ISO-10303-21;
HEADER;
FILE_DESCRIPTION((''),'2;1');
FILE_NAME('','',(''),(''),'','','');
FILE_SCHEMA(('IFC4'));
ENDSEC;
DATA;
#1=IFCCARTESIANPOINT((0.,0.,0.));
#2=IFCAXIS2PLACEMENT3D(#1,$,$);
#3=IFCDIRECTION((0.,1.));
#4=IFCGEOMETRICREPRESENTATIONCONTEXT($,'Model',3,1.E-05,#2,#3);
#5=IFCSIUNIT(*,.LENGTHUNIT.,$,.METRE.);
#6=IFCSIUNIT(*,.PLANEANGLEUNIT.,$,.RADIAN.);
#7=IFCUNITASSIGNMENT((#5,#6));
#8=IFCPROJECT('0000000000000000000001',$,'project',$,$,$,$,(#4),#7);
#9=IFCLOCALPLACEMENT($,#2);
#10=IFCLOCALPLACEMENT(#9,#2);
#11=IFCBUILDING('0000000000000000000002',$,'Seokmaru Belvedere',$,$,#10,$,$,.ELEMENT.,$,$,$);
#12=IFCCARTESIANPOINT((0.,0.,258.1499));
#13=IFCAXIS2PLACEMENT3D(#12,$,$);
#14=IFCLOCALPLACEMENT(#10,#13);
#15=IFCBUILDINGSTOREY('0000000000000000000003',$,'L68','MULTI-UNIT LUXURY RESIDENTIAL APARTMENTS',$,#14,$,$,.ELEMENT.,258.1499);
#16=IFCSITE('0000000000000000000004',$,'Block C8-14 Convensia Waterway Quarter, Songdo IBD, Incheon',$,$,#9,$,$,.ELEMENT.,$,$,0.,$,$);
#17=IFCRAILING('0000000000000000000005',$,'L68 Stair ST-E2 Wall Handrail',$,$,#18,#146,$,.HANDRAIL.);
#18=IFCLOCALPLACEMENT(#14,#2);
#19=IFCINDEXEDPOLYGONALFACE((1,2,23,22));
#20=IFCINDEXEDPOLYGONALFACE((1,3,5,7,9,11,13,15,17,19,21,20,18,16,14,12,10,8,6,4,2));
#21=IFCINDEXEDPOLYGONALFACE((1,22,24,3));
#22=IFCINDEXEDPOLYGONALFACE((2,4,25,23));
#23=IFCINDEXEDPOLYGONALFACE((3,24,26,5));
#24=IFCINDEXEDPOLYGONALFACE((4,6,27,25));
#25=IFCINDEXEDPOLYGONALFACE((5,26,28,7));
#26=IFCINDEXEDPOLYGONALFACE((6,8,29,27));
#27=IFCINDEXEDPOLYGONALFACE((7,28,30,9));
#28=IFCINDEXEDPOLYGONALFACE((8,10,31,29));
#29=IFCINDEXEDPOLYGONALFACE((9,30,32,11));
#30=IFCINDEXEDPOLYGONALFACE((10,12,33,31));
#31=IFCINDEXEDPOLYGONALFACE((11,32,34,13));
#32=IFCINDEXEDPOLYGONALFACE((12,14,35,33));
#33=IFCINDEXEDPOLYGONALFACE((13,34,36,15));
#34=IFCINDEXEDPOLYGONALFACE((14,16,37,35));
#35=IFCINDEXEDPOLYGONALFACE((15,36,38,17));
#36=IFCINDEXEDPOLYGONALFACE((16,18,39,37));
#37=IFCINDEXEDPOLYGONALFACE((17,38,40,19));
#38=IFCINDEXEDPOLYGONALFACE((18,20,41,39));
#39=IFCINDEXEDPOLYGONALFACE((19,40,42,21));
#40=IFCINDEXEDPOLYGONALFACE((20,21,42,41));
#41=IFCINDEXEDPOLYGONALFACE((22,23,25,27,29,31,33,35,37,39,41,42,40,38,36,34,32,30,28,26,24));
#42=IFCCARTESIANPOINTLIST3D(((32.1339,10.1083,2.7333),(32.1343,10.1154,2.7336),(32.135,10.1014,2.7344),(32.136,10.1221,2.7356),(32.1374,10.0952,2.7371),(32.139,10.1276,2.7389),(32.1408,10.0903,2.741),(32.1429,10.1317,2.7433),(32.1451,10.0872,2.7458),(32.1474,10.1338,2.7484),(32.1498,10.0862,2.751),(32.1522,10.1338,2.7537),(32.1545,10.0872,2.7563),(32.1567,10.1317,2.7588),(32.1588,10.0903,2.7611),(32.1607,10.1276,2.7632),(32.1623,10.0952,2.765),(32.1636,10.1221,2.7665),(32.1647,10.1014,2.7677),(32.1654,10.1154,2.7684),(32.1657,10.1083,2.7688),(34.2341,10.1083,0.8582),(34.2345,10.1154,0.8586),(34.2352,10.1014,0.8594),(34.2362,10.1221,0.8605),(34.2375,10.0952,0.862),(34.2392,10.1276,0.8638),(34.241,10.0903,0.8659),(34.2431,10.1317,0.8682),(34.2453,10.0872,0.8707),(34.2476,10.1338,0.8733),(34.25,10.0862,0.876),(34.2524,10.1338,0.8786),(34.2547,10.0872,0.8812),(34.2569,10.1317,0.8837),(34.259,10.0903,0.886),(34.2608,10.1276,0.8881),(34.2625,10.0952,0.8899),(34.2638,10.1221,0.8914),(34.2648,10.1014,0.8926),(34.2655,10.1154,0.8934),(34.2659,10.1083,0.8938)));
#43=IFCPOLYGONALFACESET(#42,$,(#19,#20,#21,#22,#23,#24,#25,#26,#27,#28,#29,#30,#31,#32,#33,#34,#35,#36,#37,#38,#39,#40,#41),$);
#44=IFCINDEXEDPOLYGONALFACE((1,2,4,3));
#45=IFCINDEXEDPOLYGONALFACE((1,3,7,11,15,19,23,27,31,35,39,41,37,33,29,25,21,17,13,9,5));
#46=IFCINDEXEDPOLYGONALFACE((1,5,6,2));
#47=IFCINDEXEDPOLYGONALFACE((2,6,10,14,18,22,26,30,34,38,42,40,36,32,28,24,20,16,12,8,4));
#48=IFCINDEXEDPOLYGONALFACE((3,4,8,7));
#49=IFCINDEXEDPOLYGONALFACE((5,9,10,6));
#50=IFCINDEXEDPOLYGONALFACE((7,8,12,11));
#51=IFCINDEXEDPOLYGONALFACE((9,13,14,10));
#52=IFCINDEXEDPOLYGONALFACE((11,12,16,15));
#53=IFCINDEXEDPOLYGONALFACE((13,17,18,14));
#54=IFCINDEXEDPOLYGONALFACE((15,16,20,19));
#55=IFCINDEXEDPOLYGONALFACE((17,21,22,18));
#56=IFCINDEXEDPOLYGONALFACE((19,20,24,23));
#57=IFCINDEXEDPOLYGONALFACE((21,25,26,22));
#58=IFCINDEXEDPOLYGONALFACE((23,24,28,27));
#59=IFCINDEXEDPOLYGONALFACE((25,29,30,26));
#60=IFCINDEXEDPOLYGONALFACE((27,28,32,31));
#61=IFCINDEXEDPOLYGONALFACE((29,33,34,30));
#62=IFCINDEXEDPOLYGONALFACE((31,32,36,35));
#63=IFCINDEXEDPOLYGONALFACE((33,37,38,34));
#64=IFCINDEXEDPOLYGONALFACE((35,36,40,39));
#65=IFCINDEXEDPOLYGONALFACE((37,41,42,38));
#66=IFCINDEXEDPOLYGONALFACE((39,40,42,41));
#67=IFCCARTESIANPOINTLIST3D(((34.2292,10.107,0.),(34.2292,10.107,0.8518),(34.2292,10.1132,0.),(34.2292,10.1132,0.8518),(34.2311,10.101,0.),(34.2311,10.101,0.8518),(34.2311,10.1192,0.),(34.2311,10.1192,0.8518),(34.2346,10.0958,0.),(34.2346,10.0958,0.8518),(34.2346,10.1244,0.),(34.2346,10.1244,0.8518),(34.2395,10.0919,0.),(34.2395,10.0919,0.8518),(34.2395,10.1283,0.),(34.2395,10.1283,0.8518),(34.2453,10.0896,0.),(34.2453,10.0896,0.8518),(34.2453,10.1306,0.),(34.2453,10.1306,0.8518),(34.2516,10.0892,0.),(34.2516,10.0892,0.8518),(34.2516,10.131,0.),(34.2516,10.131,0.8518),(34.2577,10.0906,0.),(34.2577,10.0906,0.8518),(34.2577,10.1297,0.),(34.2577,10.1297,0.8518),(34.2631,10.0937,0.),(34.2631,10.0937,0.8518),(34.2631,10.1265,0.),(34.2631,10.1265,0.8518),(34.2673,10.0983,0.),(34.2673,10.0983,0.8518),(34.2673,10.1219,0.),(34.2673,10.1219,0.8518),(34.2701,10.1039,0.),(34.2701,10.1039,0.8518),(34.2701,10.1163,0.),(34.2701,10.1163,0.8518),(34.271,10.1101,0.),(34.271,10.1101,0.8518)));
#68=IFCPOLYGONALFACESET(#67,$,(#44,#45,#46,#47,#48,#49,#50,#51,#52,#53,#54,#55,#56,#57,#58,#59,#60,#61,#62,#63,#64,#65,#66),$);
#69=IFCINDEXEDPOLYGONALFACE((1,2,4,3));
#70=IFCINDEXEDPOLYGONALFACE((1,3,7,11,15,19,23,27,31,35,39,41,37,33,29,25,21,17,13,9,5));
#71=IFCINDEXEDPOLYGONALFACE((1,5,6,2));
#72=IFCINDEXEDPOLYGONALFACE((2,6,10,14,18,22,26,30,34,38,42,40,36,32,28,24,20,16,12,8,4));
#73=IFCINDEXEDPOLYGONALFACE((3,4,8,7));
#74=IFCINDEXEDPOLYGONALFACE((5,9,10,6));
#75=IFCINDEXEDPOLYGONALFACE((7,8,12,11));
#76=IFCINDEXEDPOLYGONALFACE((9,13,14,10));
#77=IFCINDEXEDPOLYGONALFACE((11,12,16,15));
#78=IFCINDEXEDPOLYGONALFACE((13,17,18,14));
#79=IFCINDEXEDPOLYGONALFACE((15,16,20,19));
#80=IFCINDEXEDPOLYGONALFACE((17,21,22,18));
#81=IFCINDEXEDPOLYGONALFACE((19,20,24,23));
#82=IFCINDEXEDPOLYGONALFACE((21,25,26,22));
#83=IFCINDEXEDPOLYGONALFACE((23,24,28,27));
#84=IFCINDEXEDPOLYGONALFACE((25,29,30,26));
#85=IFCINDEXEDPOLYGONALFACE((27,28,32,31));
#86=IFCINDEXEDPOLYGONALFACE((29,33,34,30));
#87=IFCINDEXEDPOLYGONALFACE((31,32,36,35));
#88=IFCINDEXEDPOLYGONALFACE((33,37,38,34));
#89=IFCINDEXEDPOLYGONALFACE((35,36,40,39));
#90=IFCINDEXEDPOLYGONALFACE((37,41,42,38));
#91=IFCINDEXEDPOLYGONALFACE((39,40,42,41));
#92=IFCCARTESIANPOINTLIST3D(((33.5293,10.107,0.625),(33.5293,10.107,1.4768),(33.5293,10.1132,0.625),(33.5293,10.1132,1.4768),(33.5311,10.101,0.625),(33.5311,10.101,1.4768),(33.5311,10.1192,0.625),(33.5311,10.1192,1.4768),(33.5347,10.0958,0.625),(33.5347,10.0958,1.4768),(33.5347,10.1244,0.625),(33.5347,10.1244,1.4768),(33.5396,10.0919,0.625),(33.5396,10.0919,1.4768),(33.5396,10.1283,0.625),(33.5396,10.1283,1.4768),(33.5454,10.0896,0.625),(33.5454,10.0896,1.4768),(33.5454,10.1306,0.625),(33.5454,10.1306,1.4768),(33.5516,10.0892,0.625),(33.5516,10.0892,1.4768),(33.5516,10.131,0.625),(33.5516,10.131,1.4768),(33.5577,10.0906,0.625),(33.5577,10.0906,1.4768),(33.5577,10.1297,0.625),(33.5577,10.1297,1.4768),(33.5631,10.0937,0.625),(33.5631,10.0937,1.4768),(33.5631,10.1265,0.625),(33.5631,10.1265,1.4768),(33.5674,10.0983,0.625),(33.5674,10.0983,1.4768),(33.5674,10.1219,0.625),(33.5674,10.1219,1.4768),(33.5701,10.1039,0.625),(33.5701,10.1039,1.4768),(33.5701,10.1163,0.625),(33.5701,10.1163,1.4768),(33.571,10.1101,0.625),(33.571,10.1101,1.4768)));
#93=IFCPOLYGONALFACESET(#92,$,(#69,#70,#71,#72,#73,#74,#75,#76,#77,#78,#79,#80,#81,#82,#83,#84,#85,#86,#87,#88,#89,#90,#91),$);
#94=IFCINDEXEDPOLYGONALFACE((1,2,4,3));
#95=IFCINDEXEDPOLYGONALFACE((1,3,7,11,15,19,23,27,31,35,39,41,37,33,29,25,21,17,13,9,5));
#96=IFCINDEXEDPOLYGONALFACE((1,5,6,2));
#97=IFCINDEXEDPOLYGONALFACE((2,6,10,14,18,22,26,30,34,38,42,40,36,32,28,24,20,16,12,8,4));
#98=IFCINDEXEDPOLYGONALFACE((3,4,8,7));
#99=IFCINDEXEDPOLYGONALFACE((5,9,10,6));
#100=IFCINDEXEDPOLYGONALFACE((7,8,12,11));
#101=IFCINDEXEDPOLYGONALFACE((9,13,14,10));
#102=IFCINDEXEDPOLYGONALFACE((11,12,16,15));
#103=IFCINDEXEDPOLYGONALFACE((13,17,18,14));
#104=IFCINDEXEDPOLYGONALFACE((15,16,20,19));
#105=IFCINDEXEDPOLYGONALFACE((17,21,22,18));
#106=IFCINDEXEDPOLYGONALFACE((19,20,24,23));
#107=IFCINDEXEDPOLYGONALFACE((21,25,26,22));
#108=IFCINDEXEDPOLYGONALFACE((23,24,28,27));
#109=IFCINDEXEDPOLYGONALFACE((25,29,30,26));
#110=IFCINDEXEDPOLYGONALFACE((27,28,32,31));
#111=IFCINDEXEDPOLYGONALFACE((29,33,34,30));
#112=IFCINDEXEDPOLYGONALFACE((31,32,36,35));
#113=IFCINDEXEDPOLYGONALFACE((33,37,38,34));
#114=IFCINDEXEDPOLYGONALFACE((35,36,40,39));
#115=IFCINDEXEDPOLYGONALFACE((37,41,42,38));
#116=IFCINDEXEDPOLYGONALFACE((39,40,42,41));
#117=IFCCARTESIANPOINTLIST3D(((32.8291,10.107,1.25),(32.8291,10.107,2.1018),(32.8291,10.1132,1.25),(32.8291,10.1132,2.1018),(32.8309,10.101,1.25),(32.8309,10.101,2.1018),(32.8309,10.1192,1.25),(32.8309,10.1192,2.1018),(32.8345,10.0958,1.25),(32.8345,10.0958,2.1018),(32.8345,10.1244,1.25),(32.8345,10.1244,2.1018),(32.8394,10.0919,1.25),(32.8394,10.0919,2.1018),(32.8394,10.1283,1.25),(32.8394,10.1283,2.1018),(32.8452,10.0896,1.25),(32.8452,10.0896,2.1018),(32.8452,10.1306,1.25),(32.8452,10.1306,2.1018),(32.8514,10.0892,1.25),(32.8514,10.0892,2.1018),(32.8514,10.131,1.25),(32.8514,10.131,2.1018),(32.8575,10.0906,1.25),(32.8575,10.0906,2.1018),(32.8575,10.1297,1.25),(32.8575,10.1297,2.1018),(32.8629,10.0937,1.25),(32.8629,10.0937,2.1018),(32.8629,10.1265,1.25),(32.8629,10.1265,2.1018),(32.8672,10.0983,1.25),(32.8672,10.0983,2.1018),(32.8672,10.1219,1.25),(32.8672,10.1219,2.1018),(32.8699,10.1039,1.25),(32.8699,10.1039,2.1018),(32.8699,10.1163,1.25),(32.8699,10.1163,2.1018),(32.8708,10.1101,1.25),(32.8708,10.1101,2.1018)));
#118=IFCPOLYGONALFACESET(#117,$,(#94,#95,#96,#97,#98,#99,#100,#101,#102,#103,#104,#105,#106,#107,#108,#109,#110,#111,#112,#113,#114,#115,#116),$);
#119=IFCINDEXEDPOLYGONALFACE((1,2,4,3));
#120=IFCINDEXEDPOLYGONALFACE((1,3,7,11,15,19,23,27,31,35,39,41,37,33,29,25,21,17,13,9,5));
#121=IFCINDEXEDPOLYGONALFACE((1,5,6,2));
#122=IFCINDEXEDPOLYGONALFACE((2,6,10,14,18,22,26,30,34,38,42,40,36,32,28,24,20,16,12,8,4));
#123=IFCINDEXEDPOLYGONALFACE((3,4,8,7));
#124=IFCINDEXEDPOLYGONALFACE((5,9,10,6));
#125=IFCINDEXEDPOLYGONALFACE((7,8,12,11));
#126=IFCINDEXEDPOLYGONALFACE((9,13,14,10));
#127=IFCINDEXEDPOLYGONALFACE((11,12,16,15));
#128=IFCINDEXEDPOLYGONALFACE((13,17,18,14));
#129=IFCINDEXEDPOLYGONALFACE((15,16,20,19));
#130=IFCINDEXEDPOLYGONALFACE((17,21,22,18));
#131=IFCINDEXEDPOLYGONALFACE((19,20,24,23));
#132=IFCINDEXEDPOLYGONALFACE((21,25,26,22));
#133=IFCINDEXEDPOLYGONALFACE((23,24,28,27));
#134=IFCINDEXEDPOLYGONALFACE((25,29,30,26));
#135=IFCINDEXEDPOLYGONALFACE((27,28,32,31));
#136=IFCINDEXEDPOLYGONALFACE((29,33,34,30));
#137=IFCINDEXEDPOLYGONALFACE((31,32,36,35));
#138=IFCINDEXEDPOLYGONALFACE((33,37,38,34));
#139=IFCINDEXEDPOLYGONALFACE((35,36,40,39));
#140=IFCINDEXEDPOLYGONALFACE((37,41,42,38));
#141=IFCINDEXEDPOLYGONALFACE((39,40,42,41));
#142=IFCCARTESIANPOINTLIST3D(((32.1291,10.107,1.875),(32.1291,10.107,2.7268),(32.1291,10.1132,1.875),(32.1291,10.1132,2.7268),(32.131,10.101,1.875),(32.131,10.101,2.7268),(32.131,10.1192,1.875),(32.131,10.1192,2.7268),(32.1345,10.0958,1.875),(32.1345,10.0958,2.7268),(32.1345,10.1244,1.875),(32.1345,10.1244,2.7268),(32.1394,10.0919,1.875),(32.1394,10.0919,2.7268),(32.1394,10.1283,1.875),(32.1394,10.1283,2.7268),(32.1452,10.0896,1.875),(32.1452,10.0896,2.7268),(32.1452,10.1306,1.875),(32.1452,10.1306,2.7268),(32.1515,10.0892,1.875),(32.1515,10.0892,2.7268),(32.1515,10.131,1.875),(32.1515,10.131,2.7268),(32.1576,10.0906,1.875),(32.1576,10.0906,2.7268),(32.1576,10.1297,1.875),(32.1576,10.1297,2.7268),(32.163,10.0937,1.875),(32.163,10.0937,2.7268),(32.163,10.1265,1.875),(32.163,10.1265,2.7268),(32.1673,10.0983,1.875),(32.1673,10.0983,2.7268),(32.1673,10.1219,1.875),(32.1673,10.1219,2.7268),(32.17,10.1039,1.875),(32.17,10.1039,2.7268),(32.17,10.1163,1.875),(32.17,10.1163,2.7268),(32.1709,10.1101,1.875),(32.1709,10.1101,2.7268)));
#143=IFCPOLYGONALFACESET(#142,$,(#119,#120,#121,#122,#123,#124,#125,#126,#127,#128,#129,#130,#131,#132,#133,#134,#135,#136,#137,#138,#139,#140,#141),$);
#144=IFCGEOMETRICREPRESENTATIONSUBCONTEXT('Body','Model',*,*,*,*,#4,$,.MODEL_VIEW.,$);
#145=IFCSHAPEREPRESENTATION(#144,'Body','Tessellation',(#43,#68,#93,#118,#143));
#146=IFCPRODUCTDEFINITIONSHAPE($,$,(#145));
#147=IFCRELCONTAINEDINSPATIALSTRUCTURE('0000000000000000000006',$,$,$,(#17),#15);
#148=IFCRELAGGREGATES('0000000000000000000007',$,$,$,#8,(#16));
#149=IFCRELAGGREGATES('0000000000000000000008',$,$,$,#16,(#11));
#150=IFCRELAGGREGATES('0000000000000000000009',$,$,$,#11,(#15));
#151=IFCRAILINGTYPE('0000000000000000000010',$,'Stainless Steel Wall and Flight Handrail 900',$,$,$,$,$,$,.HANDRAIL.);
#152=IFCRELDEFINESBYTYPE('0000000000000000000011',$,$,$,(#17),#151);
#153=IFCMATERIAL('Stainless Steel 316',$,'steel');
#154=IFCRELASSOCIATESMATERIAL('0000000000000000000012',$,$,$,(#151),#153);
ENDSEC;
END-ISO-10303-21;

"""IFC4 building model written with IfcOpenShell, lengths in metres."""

from ifc_helpers import new_model, si_unit, direction, frame, origin, origin_2d, place, context, subcontext, project, spatial, circle, extrude, material, type_object, element, save


model = new_model("IFC4")

# Units and contexts
model_context = context("Model", 3, precision=1e-05, world=origin(), true_north=direction((0.0, 1.0)))
body_context = subcontext(model_context, "Body", "Model", "MODEL_VIEW")
ifc_project = project(units=[si_unit("LENGTHUNIT", "METRE"), si_unit("PLANEANGLEUNIT", "RADIAN")], contexts=[model_context])

# Site, building, storey
site_placement = place(None, origin())
site = spatial("IfcSite", under=ifc_project, at=site_placement, Name="Block C8-14 Convensia Waterway Quarter, Songdo IBD, Incheon", CompositionType="ELEMENT", RefElevation=0.0)
building_placement = place(site_placement, origin())
building = spatial("IfcBuilding", under=site, at=building_placement, Name="Seokmaru Belvedere", CompositionType="ELEMENT")
storey_placement = place(building_placement, frame((0.0, 0.0, 258.1499)))
storey = spatial("IfcBuildingStorey", under=building, at=storey_placement, Name="L68", Description="MULTI-UNIT LUXURY RESIDENTIAL APARTMENTS", CompositionType="ELEMENT", Elevation=258.1499)

# Shared definitions
ifc_material_1 = material(Name="Stainless Steel 316", Category="steel")

# Railing
railing_type_1 = type_object("IfcRailingType", Name="Stainless Steel Wall and Flight Handrail 900", PredefinedType="HANDRAIL", material=ifc_material_1)
railing_1_placement = place(storey_placement, frame((34.25, 10.1101, 0.0)))
element("IfcRailing", 1, at=railing_1_placement, inside=storey, type_object=railing_type_1, Name="L68 Stair ST-E2 Wall Handrail", PredefinedType="HANDRAIL", context=body_context, shape_type="SweptSolid", body=[
    extrude(circle(Radius=0.0239, at=origin_2d()), frame((0.0, 0.0, 0.876), z_axis=(-0.745953, 0.0, 0.665999), x_axis=(0.0, -1.0, 0.0)), (0.0, 0.0, 1.0), 2.8154),
    extrude(circle(Radius=0.021, at=origin_2d()), origin(), (0.0, 0.0, 1.0), 0.8518),
    extrude(circle(Radius=0.021, at=origin_2d()), frame((-0.7, 0.0, 0.625)), (0.0, 0.0, 1.0), 0.8518),
    extrude(circle(Radius=0.021, at=origin_2d()), frame((-1.4001, 0.0, 1.25)), (0.0, 0.0, 1.0), 0.8518),
    extrude(circle(Radius=0.021, at=origin_2d()), frame((-2.1001, 0.0, 1.875)), (0.0, 0.0, 1.0), 0.8518),
])

save(model, "model.ifc")
